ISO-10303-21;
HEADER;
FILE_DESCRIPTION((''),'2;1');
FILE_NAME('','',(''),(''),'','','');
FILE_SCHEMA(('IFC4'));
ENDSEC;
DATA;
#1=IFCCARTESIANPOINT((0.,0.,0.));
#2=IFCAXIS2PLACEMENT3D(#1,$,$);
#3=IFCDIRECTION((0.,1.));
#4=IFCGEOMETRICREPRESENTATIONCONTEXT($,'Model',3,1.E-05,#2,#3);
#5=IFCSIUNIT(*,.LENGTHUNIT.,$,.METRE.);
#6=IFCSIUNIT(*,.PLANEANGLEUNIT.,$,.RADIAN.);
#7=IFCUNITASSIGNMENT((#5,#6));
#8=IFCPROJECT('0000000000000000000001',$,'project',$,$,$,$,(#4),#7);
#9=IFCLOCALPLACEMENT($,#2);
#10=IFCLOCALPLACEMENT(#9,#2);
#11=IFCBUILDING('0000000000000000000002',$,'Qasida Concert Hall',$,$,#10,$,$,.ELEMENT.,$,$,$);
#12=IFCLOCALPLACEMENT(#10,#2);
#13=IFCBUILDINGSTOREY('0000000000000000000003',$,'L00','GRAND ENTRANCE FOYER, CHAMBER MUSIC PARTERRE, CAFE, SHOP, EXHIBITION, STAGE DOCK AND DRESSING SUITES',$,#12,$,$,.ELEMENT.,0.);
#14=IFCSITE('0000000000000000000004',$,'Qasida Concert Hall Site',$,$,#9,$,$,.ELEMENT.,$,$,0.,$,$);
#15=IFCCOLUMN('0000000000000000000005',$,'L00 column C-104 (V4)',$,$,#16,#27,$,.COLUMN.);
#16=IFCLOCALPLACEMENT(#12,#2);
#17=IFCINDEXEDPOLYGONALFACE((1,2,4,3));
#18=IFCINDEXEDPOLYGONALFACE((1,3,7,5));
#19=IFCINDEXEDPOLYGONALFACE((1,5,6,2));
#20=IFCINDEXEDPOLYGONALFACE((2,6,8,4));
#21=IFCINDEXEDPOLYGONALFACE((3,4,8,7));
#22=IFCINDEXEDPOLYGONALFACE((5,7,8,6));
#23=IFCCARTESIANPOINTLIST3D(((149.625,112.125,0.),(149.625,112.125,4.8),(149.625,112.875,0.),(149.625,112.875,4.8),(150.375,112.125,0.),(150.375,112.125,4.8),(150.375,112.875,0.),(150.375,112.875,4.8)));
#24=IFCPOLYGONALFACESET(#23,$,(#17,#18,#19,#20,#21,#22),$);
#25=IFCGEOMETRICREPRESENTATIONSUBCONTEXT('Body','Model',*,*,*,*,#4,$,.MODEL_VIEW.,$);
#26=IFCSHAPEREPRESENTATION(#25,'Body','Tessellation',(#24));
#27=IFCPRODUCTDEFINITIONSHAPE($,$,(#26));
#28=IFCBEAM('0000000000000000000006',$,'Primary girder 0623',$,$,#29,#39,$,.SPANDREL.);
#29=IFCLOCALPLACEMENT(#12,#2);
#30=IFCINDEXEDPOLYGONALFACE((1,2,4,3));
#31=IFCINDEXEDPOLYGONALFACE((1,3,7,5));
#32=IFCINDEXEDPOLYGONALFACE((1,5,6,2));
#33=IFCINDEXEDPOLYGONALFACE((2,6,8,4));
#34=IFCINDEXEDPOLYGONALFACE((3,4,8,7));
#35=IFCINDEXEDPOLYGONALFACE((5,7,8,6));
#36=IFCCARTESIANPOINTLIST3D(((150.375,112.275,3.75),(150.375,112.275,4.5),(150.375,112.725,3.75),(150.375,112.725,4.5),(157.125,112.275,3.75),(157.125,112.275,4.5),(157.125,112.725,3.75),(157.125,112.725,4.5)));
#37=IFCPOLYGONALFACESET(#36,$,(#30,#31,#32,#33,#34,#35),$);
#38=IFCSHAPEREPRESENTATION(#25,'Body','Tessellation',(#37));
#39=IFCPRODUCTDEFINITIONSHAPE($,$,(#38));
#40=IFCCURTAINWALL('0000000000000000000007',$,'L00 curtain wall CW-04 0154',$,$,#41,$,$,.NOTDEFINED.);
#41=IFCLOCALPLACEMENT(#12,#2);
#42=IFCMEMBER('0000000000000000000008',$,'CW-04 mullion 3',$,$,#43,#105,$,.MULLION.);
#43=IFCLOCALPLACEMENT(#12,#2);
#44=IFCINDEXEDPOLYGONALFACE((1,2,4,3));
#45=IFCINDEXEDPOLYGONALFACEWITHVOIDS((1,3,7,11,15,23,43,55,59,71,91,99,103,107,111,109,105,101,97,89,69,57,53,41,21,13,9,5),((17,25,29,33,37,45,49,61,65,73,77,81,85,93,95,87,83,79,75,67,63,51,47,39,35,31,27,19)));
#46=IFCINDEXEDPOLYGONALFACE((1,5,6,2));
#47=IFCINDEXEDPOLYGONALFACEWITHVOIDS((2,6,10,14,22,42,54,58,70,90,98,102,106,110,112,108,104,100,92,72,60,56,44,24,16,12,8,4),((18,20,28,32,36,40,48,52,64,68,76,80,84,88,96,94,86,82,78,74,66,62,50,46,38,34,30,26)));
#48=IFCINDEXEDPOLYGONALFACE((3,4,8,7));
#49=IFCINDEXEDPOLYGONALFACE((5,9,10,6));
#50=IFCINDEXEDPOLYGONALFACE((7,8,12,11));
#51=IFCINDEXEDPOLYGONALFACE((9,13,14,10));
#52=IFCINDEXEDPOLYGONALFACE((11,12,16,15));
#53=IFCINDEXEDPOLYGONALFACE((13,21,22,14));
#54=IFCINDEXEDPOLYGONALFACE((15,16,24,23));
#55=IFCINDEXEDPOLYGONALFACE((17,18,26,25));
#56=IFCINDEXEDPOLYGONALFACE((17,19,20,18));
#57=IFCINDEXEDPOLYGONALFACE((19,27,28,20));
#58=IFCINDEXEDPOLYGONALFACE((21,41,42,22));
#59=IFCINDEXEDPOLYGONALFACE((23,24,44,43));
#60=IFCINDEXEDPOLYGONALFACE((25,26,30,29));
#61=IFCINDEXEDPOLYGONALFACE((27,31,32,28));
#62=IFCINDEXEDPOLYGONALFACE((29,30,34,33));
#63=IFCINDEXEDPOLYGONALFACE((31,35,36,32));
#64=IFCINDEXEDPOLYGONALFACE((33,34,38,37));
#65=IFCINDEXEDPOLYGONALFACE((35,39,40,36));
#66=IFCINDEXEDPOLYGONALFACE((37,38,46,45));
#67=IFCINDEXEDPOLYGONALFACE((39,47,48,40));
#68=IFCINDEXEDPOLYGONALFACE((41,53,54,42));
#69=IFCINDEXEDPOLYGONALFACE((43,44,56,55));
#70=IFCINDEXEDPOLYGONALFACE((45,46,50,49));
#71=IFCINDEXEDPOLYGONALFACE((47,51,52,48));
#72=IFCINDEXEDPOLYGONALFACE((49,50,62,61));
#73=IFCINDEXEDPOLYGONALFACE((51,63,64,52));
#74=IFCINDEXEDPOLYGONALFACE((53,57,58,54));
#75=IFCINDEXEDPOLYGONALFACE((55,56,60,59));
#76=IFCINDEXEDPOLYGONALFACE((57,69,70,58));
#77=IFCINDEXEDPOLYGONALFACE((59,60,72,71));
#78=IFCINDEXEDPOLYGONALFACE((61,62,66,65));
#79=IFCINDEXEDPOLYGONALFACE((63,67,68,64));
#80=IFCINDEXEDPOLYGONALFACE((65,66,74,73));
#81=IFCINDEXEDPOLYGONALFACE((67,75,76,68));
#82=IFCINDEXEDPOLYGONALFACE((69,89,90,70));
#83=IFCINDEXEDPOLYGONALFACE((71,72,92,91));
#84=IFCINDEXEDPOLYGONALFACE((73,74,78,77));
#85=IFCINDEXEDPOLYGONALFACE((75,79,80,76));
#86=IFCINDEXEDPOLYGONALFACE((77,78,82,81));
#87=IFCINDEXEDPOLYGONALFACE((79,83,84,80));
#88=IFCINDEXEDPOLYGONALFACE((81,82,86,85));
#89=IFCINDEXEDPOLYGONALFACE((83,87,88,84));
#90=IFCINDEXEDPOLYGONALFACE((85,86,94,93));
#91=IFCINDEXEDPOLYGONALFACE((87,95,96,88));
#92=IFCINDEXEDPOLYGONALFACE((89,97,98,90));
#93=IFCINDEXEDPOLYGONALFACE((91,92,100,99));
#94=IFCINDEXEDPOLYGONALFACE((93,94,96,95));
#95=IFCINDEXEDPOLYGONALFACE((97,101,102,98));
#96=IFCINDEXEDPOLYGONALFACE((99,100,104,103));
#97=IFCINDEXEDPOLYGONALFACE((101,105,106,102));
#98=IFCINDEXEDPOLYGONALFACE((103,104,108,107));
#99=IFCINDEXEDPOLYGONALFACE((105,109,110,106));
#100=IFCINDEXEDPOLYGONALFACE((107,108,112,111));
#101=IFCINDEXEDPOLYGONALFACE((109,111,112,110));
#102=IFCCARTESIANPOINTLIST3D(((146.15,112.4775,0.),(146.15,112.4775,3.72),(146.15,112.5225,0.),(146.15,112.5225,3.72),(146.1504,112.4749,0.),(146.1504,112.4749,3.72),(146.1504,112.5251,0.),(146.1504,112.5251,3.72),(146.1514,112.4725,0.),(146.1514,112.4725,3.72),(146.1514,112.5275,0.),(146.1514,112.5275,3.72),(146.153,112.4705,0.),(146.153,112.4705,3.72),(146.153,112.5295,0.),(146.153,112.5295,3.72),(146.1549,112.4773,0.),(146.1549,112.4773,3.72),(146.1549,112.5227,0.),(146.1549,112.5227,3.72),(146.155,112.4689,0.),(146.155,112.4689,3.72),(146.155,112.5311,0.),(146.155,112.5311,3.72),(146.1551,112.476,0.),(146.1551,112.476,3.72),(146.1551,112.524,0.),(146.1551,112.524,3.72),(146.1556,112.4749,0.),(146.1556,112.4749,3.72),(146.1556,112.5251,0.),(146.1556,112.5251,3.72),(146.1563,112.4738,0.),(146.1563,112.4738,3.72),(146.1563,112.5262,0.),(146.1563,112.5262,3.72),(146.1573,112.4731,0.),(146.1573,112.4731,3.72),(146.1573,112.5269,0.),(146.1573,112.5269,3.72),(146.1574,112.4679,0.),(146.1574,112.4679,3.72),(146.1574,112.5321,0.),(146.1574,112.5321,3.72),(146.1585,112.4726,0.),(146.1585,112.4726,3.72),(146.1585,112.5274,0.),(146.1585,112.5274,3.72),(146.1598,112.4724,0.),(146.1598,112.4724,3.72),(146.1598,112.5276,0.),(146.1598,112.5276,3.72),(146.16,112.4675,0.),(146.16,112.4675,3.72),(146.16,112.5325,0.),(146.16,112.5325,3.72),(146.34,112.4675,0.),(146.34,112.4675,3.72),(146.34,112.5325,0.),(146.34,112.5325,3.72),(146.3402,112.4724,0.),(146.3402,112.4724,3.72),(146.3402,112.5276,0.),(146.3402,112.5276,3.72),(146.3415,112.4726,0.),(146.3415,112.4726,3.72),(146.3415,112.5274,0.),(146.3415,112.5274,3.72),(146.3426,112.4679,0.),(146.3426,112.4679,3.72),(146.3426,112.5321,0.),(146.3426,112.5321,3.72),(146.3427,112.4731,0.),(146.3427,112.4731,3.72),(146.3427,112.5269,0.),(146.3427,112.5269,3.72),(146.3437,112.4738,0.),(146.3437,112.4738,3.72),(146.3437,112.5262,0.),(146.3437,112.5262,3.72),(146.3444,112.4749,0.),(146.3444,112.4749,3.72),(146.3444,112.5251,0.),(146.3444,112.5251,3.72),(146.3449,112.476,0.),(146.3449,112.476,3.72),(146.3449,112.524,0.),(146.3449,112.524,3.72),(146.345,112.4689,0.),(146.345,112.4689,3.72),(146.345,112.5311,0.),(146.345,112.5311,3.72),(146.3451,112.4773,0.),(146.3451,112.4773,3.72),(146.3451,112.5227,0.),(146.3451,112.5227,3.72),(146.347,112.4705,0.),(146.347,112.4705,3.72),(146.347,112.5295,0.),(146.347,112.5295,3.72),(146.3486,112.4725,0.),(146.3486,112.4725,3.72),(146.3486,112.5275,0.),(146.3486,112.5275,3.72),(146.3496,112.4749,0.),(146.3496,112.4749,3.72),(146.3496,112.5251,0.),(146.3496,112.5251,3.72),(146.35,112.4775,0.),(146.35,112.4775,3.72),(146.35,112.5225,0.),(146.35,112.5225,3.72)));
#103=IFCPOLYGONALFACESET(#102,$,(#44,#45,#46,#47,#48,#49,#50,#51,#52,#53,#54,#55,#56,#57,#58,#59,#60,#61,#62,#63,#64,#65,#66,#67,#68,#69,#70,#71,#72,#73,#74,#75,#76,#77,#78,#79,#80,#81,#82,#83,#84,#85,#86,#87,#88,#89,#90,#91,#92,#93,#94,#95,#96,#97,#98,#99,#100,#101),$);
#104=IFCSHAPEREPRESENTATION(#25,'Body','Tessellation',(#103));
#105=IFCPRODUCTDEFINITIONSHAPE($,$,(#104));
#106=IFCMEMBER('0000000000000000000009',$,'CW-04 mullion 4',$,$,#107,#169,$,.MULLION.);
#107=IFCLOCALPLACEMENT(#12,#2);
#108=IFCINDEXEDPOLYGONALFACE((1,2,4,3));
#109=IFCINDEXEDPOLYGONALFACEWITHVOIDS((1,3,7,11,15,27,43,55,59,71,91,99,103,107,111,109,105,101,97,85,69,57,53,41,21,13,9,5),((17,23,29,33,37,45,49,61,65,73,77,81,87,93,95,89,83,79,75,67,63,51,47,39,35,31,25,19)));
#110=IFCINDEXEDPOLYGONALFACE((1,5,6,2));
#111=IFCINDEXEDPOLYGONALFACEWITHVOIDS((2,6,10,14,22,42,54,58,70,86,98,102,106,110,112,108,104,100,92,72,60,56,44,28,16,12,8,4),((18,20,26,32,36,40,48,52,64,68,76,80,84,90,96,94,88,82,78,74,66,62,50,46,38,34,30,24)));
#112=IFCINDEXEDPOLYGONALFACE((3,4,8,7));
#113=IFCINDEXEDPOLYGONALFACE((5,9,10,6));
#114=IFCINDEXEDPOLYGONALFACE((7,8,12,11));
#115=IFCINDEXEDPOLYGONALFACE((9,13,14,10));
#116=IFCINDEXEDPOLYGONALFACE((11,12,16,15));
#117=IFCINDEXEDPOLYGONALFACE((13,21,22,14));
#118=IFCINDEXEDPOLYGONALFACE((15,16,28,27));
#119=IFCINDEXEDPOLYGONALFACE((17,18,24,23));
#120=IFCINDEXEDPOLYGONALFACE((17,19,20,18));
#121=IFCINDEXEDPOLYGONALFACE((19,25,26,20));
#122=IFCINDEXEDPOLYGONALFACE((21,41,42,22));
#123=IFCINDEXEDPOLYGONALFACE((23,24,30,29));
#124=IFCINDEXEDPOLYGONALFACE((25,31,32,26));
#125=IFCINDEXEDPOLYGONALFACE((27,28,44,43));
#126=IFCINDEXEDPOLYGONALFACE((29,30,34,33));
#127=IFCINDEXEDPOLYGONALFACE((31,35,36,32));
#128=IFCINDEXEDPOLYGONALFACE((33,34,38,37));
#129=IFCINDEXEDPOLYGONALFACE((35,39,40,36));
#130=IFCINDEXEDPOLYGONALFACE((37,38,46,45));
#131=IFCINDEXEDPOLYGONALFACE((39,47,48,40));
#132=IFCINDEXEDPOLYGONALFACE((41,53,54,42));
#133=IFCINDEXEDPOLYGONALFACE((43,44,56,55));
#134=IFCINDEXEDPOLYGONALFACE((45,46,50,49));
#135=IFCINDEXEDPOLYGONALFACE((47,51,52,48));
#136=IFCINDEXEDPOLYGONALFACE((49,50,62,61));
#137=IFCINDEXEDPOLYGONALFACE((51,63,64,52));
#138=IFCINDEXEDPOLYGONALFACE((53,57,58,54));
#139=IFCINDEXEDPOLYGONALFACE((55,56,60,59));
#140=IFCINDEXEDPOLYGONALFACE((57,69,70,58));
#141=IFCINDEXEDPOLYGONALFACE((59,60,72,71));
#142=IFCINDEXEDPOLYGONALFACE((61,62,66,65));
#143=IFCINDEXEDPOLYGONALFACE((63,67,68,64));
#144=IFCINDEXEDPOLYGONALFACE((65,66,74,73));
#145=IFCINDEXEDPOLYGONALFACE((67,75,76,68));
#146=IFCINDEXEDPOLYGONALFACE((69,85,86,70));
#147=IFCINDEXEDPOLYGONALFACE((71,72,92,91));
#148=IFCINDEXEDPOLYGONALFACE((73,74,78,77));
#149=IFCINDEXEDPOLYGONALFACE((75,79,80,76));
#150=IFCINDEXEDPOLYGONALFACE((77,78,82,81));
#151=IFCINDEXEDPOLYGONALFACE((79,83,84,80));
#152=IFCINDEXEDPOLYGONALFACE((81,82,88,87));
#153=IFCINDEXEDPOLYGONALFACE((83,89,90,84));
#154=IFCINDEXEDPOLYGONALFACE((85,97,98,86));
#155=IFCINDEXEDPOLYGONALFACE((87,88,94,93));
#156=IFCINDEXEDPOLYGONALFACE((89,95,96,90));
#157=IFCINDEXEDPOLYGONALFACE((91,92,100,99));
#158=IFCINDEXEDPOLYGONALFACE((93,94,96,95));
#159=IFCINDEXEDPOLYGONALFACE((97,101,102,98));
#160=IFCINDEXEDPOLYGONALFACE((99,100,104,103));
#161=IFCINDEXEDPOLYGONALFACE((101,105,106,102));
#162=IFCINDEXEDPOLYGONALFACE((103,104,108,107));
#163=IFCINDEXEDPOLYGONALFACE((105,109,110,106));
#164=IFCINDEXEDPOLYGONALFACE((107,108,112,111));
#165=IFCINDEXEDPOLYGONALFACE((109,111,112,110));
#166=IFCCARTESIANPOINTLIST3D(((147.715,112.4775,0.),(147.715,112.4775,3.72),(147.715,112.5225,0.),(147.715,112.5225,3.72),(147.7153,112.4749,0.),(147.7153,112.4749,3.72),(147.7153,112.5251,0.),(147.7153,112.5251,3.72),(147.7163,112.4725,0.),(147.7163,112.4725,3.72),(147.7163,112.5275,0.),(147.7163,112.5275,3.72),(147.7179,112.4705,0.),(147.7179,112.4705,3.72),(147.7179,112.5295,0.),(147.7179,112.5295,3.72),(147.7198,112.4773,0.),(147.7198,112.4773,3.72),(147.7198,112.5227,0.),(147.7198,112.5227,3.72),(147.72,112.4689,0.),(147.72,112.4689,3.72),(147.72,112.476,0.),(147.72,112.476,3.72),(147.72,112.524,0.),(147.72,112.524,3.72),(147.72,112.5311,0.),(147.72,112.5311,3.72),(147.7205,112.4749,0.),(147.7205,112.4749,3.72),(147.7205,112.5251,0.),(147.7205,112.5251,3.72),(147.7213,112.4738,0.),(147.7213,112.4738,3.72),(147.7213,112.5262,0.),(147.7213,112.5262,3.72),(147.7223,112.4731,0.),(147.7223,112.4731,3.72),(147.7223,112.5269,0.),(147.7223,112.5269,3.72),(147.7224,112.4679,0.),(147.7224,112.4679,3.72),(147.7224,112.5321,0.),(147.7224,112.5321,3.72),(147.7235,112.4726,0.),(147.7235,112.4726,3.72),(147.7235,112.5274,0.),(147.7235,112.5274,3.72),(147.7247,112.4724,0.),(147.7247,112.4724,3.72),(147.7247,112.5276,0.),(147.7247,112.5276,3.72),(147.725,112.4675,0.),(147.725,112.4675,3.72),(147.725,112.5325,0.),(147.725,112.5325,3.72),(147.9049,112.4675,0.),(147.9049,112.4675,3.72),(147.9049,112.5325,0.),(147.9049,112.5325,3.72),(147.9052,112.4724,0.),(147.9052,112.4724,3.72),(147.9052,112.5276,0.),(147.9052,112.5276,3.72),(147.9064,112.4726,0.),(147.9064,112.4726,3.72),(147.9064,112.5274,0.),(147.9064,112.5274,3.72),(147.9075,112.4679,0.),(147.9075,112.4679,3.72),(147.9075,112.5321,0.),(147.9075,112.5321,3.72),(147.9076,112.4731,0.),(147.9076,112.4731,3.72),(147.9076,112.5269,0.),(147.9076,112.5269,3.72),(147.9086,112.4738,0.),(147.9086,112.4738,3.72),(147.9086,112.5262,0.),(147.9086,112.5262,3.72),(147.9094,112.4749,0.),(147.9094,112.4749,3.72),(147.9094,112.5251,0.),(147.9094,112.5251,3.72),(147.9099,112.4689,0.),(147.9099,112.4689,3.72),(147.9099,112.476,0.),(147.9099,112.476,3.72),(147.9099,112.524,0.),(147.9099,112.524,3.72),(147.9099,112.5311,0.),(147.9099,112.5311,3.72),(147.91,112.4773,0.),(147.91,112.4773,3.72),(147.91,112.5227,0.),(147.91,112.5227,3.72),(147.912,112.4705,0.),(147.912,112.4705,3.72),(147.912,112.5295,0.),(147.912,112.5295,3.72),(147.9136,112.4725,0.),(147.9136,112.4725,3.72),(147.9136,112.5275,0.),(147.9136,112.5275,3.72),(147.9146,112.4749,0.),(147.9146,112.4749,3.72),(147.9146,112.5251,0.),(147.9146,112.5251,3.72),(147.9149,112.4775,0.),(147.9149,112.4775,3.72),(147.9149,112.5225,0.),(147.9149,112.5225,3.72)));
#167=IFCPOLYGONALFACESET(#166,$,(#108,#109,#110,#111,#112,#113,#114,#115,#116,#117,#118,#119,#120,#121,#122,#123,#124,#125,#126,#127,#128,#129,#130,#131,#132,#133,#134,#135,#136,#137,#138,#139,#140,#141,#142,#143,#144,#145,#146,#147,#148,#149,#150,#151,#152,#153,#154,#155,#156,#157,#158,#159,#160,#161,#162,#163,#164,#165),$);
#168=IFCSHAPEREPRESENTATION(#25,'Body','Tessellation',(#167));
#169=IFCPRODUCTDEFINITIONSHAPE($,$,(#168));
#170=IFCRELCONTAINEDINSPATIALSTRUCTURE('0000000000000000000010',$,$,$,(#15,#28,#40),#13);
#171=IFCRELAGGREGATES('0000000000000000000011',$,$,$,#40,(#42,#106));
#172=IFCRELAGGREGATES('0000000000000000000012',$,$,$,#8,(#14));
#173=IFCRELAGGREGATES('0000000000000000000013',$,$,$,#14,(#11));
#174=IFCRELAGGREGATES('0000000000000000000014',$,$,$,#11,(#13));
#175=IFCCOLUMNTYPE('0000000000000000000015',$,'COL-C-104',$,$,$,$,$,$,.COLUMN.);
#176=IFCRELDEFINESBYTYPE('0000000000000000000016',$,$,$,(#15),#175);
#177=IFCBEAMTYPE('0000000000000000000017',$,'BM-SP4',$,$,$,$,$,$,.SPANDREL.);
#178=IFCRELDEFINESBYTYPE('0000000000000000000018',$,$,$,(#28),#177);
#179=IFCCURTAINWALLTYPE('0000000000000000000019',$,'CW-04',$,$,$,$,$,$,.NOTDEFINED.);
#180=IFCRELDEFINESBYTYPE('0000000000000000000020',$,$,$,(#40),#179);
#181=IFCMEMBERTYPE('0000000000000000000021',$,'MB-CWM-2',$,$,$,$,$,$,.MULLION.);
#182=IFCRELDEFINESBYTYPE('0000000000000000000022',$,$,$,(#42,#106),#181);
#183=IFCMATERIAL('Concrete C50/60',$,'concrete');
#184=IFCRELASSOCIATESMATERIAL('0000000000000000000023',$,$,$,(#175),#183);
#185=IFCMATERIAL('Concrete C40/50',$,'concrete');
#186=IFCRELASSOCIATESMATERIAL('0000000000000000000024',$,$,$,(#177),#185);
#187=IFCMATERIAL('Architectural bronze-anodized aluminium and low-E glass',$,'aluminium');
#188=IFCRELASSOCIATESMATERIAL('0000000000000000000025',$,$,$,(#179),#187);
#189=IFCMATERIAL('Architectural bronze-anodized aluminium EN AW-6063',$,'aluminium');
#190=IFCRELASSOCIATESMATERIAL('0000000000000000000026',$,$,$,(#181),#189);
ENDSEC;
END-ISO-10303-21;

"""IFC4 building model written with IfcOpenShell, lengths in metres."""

from ifc_helpers import new_model, si_unit, direction, frame, origin, origin_2d, place, context, subcontext, project, spatial, rectangle, hollow_rectangle, extrude, material, material_profile, profile_set, type_object, element, aggregate, save


model = new_model("IFC4")

# Units and contexts
model_context = context("Model", 3, precision=1e-05, world=origin(), true_north=direction((0.0, 1.0)))
body_context = subcontext(model_context, "Body", "Model", "MODEL_VIEW")
ifc_project = project(units=[si_unit("LENGTHUNIT", "METRE"), si_unit("PLANEANGLEUNIT", "RADIAN")], contexts=[model_context])

# Site, building, storey
site_placement = place(None, origin())
site = spatial("IfcSite", under=ifc_project, at=site_placement, Name="Qasida Concert Hall Site", CompositionType="ELEMENT", RefElevation=0.0)
building_placement = place(site_placement, origin())
building = spatial("IfcBuilding", under=site, at=building_placement, Name="Qasida Concert Hall", CompositionType="ELEMENT")
storey_placement = place(building_placement, origin())
storey = spatial("IfcBuildingStorey", under=building, at=storey_placement, Name="L00", Description="GRAND ENTRANCE FOYER, CHAMBER MUSIC PARTERRE, CAFE, SHOP, EXHIBITION, STAGE DOCK AND DRESSING SUITES", CompositionType="ELEMENT", Elevation=0.0)

# Column
ifc_material_1 = material(Name="Concrete C50/60", Category="concrete")
ifc_material_profile_1 = material_profile(ifc_material_1, rectangle(XDim=0.75, YDim=0.75, at=origin_2d()), Name="RC 750x750")
ifc_profile_set_1 = profile_set([ifc_material_profile_1], Name="Concrete C50/60")
column_type = type_object("IfcColumnType", Name="COL-C-104", PredefinedType="COLUMN", material=ifc_profile_set_1)
column_placement = place(storey_placement, frame((150.0, 112.5, 0.0), z_axis=(0.0, 0.0, 1.0), x_axis=(1.0, 0.0, 0.0)))
element("IfcColumn", 1, at=column_placement, inside=storey, type_object=column_type, Name="L00 column C-104 (V4)", PredefinedType="COLUMN", context=body_context, shape_type="SweptSolid", body=[
    extrude(rectangle(XDim=0.75, YDim=0.75, at=origin_2d()), origin(), (0.0, 0.0, 1.0), 4.8),
])

# Beam
ifc_material_2 = material(Name="Concrete C40/50", Category="concrete")
ifc_material_profile_2 = material_profile(ifc_material_2, rectangle(XDim=0.45, YDim=0.75, at=origin_2d()), Name="RC 450x750")
ifc_profile_set_2 = profile_set([ifc_material_profile_2], Name="Concrete C40/50")
beam_type = type_object("IfcBeamType", Name="BM-SP4", PredefinedType="SPANDREL", material=ifc_profile_set_2)
beam_placement = place(storey_placement, frame((150.375, 112.5, 4.125), z_axis=(1.0, 0.0, 0.0), x_axis=(0.0, 1.0, 0.0)))
element("IfcBeam", 2, at=beam_placement, inside=storey, type_object=beam_type, Name="Primary girder 0623", PredefinedType="SPANDREL", context=body_context, shape_type="SweptSolid", body=[
    extrude(rectangle(XDim=0.45, YDim=0.75, at=origin_2d()), origin(), (0.0, 0.0, 1.0), 6.75),
])

# Curtain wall, members
ifc_material_3 = material(Name="Architectural bronze-anodized aluminium and low-E glass", Category="aluminium")
curtain_wall_type = type_object("IfcCurtainWallType", Name="CW-04", PredefinedType="NOTDEFINED", material=ifc_material_3)
curtain_wall_placement = place(storey_placement, origin())
curtain_wall = element("IfcCurtainWall", 3, at=curtain_wall_placement, inside=storey, type_object=curtain_wall_type, Name="L00 curtain wall CW-04 0154", PredefinedType="NOTDEFINED")
ifc_material_4 = material(Name="Architectural bronze-anodized aluminium EN AW-6063", Category="aluminium")
ifc_material_profile_3 = material_profile(ifc_material_4, hollow_rectangle(XDim=0.0649, YDim=0.2, WallThickness=0.0049, InnerFilletRadius=0.0049, OuterFilletRadius=0.01, at=origin_2d()), Name="CWM 200x65x5")
ifc_profile_set_3 = profile_set([ifc_material_profile_3], Name="Architectural bronze-anodized aluminium EN AW-6063")
member_type_1 = type_object("IfcMemberType", Name="MB-CWM-2", PredefinedType="MULLION", material=ifc_profile_set_3)
member_1_placement = place(storey_placement, frame((146.25, 112.5, 0.0), z_axis=(0.0, 0.0, 1.0), x_axis=(0.0, 1.0, 0.0)))
member_1 = element("IfcMember", 4, at=member_1_placement, type_object=member_type_1, Name="CW-04 mullion 3", PredefinedType="MULLION", context=body_context, shape_type="SweptSolid", body=[
    extrude(hollow_rectangle(XDim=0.0649, YDim=0.2, WallThickness=0.0049, InnerFilletRadius=0.0049, OuterFilletRadius=0.01, at=origin_2d()), origin(), (0.0, 0.0, 1.0), 3.72),
])
member_2_placement = place(storey_placement, frame((147.8149, 112.5, 0.0), z_axis=(0.0, 0.0, 1.0), x_axis=(0.0, 1.0, 0.0)))
member_2 = element("IfcMember", 5, at=member_2_placement, type_object=member_type_1, Name="CW-04 mullion 4", PredefinedType="MULLION", context=body_context, shape_type="SweptSolid", body=[
    extrude(hollow_rectangle(XDim=0.0649, YDim=0.2, WallThickness=0.0049, InnerFilletRadius=0.0049, OuterFilletRadius=0.01, at=origin_2d()), origin(), (0.0, 0.0, 1.0), 3.72),
])
aggregate(curtain_wall, [member_1, member_2])

save(model, "model.ifc")
